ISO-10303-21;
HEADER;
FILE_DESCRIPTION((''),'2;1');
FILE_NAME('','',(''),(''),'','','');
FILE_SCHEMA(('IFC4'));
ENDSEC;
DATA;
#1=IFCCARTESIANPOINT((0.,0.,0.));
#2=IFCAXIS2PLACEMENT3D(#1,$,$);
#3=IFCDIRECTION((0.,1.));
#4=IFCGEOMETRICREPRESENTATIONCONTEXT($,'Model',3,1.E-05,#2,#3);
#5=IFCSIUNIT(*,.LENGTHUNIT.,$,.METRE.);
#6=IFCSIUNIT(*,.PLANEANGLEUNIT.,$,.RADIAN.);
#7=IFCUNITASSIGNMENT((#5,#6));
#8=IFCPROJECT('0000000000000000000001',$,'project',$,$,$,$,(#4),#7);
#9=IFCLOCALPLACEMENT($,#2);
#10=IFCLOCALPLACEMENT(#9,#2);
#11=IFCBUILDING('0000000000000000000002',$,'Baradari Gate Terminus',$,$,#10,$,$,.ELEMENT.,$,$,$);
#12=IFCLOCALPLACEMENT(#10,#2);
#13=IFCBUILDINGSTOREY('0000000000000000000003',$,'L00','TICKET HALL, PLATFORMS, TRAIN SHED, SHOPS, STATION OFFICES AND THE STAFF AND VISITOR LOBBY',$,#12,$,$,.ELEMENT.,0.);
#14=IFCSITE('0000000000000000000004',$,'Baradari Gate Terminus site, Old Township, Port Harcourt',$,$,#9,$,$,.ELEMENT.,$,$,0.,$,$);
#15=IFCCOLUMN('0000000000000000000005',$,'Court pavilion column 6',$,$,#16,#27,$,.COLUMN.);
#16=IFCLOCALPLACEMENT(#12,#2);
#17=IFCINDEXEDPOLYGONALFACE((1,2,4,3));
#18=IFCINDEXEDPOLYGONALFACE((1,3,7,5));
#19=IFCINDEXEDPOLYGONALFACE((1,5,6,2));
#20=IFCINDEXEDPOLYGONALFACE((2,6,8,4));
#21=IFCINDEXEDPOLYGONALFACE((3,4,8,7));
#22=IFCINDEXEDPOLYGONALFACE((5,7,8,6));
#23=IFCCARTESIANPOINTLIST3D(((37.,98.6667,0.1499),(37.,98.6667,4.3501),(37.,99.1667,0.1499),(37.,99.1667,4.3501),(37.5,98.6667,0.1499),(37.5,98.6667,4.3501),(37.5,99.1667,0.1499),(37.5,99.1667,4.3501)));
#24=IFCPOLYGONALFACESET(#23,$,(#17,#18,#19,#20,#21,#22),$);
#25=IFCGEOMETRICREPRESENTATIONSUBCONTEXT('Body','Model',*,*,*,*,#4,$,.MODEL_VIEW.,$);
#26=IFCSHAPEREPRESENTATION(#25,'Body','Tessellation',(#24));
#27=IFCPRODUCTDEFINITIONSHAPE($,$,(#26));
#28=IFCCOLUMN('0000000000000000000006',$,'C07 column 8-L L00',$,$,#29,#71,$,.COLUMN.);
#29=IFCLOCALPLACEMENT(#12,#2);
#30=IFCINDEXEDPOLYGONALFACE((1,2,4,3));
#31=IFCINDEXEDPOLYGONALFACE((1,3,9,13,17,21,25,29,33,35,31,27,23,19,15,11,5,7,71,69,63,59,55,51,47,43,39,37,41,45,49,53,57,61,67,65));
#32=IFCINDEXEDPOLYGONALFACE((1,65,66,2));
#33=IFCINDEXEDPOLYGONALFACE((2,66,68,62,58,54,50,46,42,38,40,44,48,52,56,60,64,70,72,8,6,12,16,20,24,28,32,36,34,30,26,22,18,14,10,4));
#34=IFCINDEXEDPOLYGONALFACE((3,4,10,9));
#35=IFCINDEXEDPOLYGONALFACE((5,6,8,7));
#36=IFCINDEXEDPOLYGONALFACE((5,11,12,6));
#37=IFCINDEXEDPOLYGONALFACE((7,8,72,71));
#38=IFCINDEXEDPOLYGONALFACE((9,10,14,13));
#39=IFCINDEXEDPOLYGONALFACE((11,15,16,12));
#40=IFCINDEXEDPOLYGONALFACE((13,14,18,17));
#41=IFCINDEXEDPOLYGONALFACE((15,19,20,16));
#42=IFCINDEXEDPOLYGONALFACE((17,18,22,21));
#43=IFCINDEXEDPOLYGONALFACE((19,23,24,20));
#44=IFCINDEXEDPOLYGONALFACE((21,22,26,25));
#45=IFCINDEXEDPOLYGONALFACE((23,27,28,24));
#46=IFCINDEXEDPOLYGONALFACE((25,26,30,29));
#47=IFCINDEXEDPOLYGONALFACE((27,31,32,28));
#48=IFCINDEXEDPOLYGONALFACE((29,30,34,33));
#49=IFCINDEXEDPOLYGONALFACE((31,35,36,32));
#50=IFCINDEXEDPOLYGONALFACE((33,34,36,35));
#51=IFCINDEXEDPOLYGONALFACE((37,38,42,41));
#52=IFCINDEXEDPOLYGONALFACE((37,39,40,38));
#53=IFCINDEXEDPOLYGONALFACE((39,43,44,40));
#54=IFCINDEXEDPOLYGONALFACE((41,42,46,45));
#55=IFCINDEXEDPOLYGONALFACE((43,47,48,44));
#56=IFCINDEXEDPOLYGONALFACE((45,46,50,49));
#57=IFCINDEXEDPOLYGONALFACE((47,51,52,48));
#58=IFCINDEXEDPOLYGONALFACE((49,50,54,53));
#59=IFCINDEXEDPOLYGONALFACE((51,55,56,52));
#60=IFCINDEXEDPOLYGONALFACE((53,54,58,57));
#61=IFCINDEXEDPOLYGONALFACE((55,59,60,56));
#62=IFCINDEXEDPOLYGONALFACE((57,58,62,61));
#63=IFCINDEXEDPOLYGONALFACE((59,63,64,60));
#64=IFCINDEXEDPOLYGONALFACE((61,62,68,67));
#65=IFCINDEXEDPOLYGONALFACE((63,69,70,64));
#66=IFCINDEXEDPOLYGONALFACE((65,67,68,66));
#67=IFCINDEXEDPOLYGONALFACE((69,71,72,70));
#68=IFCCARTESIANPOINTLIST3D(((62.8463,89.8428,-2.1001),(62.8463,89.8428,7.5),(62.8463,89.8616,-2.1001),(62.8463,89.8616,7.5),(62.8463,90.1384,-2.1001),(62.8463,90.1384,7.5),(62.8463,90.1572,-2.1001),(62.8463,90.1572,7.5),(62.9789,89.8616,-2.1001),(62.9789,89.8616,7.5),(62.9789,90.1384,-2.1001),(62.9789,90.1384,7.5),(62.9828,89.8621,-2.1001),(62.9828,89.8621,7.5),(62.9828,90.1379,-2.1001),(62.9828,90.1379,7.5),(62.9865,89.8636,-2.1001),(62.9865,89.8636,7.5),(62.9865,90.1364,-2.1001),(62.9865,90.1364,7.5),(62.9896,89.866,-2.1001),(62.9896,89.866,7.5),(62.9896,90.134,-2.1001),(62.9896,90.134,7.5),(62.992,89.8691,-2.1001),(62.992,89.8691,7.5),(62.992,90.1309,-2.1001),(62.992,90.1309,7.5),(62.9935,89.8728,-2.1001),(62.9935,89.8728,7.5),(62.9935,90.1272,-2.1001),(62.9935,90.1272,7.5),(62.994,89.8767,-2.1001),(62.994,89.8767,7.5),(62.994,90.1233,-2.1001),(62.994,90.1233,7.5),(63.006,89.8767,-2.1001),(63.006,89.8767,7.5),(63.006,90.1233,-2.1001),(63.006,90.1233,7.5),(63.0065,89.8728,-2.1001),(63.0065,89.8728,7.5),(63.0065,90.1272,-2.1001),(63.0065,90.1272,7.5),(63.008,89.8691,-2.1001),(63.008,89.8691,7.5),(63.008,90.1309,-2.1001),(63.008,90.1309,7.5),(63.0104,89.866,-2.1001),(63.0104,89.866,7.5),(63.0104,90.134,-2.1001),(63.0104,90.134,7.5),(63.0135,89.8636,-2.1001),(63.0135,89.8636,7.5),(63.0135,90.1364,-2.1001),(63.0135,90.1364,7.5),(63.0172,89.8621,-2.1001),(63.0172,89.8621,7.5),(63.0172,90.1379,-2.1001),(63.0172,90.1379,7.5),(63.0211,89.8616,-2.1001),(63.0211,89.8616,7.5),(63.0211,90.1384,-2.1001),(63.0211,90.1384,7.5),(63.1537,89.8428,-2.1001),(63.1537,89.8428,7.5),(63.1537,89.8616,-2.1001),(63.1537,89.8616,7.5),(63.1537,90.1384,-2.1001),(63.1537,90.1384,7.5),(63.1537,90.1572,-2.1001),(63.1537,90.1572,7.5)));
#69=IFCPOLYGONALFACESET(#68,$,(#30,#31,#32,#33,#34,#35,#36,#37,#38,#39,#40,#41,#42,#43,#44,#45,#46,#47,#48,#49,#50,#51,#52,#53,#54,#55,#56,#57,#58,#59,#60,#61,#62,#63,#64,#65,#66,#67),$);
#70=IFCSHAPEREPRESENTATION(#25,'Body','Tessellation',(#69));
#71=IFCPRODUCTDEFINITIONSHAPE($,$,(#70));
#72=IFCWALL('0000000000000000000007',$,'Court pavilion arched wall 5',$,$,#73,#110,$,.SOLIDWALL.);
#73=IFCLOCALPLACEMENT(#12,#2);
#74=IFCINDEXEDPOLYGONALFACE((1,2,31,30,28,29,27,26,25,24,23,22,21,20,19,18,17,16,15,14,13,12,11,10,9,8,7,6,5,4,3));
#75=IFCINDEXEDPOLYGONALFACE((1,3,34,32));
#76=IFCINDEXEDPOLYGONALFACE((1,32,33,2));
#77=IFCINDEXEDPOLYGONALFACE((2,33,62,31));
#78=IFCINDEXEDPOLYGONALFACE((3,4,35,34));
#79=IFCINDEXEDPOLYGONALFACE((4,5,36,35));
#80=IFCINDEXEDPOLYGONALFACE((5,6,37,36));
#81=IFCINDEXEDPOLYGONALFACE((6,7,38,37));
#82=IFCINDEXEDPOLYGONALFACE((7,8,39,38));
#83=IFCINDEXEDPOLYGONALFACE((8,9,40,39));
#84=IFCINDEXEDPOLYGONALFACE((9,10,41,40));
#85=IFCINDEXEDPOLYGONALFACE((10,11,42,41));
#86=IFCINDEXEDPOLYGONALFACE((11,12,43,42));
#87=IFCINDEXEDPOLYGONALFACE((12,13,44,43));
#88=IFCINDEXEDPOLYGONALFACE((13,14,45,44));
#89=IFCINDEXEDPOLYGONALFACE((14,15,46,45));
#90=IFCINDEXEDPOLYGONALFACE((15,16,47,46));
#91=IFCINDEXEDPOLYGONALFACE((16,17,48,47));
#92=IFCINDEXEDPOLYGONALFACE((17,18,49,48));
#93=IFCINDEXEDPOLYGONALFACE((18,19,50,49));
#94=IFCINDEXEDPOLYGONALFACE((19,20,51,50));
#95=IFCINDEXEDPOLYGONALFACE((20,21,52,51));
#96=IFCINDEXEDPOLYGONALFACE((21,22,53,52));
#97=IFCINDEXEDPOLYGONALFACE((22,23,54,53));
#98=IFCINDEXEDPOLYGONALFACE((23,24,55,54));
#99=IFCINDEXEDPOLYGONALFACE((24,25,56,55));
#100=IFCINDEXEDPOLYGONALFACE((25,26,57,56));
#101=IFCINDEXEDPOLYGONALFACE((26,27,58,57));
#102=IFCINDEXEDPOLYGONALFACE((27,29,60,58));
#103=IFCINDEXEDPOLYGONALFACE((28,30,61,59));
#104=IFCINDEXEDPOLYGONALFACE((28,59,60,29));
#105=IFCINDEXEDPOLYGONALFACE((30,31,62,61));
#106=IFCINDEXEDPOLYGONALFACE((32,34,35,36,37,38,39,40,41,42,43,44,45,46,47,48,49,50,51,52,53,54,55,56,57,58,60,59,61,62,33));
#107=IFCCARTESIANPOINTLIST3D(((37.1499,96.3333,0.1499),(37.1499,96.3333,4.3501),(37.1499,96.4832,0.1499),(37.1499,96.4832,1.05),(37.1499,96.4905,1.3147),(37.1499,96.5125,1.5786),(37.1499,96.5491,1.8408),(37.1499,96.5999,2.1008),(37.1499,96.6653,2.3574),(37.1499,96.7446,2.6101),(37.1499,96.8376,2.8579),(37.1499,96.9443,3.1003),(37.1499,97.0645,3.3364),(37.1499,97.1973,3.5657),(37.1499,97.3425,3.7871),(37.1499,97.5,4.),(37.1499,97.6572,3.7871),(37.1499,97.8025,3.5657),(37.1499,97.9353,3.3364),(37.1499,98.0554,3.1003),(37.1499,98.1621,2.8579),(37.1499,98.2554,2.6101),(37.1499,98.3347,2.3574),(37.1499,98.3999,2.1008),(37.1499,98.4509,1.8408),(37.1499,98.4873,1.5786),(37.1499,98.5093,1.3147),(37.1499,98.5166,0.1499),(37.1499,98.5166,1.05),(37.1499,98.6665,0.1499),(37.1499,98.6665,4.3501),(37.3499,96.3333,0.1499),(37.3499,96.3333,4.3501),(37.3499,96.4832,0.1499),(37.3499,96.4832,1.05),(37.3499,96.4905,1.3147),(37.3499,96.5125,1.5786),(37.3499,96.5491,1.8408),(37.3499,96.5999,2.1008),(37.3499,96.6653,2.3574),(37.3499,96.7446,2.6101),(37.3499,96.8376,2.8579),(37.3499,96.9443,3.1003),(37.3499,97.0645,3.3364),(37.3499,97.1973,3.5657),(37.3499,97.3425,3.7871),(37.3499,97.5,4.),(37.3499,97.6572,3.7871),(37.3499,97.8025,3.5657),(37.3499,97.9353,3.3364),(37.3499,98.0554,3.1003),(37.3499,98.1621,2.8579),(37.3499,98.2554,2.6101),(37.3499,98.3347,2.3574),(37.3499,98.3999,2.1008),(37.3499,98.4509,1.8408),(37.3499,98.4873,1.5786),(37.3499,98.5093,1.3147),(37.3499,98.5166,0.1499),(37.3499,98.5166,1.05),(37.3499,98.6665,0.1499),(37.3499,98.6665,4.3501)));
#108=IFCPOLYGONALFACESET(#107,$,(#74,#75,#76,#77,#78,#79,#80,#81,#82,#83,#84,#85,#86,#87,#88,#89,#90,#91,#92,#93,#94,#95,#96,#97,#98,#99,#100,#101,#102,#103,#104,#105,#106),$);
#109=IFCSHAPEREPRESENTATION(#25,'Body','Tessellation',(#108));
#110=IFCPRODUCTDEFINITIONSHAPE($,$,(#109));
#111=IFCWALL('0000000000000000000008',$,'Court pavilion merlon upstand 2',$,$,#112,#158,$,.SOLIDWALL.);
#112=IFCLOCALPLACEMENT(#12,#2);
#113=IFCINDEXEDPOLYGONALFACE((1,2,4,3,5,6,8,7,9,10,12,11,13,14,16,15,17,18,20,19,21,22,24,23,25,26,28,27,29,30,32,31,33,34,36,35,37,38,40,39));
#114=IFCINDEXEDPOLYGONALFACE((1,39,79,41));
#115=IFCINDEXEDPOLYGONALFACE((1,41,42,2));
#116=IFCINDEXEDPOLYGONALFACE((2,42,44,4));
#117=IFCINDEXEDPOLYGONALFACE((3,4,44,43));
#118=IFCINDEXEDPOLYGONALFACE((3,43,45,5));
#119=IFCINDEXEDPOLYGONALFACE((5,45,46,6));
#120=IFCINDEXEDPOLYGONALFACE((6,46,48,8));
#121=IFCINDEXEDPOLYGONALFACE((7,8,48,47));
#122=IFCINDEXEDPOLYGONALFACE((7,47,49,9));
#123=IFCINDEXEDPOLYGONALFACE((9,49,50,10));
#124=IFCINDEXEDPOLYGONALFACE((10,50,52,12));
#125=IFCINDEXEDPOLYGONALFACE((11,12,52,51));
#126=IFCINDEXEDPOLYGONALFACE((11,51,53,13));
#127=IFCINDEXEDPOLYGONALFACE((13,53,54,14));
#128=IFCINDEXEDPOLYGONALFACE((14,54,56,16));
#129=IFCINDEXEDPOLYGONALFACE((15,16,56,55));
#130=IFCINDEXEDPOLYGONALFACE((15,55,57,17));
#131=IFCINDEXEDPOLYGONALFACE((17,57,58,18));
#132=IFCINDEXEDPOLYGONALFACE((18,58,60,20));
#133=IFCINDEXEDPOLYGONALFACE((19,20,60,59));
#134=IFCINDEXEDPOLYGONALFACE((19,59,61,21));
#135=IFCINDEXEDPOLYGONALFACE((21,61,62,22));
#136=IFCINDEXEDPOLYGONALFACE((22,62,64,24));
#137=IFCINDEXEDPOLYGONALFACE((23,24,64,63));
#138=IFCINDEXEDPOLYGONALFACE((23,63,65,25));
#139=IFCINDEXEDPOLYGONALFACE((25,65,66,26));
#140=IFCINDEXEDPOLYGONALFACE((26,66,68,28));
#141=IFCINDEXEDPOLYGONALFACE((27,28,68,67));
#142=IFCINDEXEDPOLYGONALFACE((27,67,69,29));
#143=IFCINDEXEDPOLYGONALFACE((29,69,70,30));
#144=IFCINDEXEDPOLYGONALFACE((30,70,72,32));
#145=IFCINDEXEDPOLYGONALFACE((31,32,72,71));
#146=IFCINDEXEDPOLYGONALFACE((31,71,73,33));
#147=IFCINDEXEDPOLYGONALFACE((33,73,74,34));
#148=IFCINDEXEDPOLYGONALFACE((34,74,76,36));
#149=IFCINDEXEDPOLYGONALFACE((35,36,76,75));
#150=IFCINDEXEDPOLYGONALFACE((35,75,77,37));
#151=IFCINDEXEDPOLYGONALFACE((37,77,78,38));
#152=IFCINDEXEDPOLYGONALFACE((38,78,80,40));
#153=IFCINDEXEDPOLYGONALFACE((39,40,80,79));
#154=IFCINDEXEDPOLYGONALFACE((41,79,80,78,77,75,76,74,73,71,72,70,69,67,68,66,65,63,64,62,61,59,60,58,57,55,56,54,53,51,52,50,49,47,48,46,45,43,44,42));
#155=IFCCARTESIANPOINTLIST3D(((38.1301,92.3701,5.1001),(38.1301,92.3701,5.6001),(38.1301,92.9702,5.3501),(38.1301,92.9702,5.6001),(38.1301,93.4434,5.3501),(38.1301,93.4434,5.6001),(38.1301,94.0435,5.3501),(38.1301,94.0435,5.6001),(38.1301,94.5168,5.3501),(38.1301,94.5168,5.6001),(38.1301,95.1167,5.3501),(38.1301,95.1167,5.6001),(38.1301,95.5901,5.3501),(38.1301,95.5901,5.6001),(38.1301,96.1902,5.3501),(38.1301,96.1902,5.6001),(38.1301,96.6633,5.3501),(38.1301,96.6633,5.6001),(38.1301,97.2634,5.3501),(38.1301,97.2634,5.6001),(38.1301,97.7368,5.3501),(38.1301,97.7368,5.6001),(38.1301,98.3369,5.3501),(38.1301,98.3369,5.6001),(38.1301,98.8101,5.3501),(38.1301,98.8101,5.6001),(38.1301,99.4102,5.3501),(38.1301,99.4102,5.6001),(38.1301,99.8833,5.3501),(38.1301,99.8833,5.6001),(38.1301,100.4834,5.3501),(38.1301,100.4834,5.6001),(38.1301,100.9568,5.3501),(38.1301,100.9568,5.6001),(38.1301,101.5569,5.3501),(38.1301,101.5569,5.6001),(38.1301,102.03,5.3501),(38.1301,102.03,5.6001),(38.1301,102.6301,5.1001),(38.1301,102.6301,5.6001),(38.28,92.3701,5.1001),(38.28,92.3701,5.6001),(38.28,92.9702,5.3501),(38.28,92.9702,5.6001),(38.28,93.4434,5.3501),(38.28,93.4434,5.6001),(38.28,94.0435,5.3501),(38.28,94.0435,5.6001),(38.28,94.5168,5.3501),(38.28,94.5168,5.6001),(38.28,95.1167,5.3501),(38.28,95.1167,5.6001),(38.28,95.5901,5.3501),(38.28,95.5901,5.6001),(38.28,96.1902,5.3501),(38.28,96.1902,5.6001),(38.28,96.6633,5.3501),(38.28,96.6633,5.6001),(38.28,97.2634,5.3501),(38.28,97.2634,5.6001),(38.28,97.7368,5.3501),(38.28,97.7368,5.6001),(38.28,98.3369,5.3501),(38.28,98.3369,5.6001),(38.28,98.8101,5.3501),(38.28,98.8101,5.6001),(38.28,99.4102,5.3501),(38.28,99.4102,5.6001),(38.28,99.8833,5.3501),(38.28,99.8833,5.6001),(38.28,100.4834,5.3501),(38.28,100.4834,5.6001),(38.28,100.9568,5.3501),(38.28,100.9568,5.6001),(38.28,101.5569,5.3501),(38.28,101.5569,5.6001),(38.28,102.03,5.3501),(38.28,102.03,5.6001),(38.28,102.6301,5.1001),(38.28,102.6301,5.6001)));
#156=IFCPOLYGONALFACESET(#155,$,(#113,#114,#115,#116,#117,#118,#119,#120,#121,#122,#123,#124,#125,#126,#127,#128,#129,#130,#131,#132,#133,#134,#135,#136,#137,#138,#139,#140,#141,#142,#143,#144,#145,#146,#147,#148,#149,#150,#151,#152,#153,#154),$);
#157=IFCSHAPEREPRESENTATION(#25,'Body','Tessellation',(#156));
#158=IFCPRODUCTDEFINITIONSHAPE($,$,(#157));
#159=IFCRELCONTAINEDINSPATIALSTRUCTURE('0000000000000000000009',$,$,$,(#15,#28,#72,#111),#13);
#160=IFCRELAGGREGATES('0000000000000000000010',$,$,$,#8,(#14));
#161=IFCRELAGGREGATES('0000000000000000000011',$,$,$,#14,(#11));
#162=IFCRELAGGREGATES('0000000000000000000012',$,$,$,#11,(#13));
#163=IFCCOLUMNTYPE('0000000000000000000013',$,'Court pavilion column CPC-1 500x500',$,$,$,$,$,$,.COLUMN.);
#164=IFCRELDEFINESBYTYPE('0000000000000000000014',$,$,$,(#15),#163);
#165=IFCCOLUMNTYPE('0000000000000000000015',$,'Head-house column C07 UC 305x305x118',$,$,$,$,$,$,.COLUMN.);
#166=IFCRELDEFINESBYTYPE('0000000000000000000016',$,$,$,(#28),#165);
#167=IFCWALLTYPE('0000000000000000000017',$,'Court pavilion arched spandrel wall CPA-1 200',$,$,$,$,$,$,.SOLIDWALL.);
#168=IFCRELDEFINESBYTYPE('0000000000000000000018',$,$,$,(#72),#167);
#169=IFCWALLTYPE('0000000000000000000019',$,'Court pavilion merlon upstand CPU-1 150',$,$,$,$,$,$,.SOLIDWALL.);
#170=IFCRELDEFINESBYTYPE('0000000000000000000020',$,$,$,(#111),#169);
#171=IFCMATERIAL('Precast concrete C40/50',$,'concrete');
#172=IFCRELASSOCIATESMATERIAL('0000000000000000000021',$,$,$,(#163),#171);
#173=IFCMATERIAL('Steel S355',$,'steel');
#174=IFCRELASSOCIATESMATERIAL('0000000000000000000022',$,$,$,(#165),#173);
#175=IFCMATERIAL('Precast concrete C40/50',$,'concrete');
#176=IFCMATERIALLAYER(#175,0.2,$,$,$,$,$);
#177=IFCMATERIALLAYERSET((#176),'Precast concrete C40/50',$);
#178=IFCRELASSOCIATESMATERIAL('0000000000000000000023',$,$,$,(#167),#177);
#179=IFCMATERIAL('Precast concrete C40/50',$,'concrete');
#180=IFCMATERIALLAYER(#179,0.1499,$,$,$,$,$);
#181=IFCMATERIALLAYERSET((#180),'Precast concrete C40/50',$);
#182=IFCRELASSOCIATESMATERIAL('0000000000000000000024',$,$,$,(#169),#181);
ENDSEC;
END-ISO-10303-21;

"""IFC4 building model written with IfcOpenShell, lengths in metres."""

from ifc_helpers import new_model, si_unit, direction, frame, origin, origin_2d, place, context, subcontext, project, spatial, polyline, rectangle, i_section, outline, extrude, material, layer, layer_set, material_profile, profile_set, type_object, element, save


model = new_model("IFC4")

# Units and contexts
model_context = context("Model", 3, precision=1e-05, world=origin(), true_north=direction((0.0, 1.0)))
body_context = subcontext(model_context, "Body", "Model", "MODEL_VIEW")
ifc_project = project(units=[si_unit("LENGTHUNIT", "METRE"), si_unit("PLANEANGLEUNIT", "RADIAN")], contexts=[model_context])

# Site, building, storey
site_placement = place(None, origin())
site = spatial("IfcSite", under=ifc_project, at=site_placement, Name="Baradari Gate Terminus site, Old Township, Port Harcourt", CompositionType="ELEMENT", RefElevation=0.0)
building_placement = place(site_placement, origin())
building = spatial("IfcBuilding", under=site, at=building_placement, Name="Baradari Gate Terminus", CompositionType="ELEMENT")
storey_placement = place(building_placement, origin())
storey = spatial("IfcBuildingStorey", under=building, at=storey_placement, Name="L00", Description="TICKET HALL, PLATFORMS, TRAIN SHED, SHOPS, STATION OFFICES AND THE STAFF AND VISITOR LOBBY", CompositionType="ELEMENT", Elevation=0.0)

# Columns
ifc_material_1 = material(Name="Precast concrete C40/50", Category="concrete")
ifc_material_profile_1 = material_profile(ifc_material_1, rectangle(XDim=0.5, YDim=0.5, at=origin_2d()), Name="RC500X500")
ifc_profile_set_1 = profile_set([ifc_material_profile_1], Name="Precast concrete C40/50")
column_type_1 = type_object("IfcColumnType", Name="Court pavilion column CPC-1 500x500", PredefinedType="COLUMN", material=ifc_profile_set_1)
column_1_placement = place(storey_placement, frame((37.25, 98.9167, 0.1499), z_axis=(0.0, 0.0, 1.0), x_axis=(1.0, 0.0, 0.0)))
element("IfcColumn", 1, at=column_1_placement, inside=storey, type_object=column_type_1, Name="Court pavilion column 6", PredefinedType="COLUMN", context=body_context, shape_type="SweptSolid", body=[
    extrude(rectangle(XDim=0.5, YDim=0.5, at=origin_2d()), origin(), (0.0, 0.0, 1.0), 4.2002),
])
ifc_material_2 = material(Name="Steel S355", Category="steel")
ifc_material_profile_2 = material_profile(ifc_material_2, i_section(OverallWidth=0.3074, OverallDepth=0.3145, WebThickness=0.012, FlangeThickness=0.0188, FilletRadius=0.0151, at=origin_2d()), Name="UC 305x305x118")
ifc_profile_set_2 = profile_set([ifc_material_profile_2], Name="Steel S355")
column_type_2 = type_object("IfcColumnType", Name="Head-house column C07 UC 305x305x118", PredefinedType="COLUMN", material=ifc_profile_set_2)
column_2_placement = place(storey_placement, frame((63.0, 90.0, -2.1001), z_axis=(0.0, 0.0, 1.0), x_axis=(1.0, 0.0, 0.0)))
element("IfcColumn", 2, at=column_2_placement, inside=storey, type_object=column_type_2, Name="C07 column 8-L L00", PredefinedType="COLUMN", context=body_context, shape_type="SweptSolid", body=[
    extrude(i_section(OverallWidth=0.3074, OverallDepth=0.3145, WebThickness=0.012, FlangeThickness=0.0188, FilletRadius=0.0151, at=origin_2d()), origin(), (0.0, 0.0, 1.0), 9.6001),
])

# Walls
ifc_material_3 = material(Name="Precast concrete C40/50", Category="concrete")
ifc_layer_1 = layer(ifc_material_3, 0.2)
ifc_layer_set_1 = layer_set([ifc_layer_1], Name="Precast concrete C40/50")
wall_type_1 = type_object("IfcWallType", Name="Court pavilion arched spandrel wall CPA-1 200", PredefinedType="SOLIDWALL", material=ifc_layer_set_1)
wall_1_placement = place(storey_placement, frame((37.25, 96.3333, 0.1499), z_axis=(0.0, 0.0, 1.0), x_axis=(0.0, 1.0, 0.0)))
element("IfcWall", 3, at=wall_1_placement, inside=storey, type_object=wall_type_1, Name="Court pavilion arched wall 5", PredefinedType="SOLIDWALL", context=body_context, shape_type="SweptSolid", body=[
    extrude(outline(polyline([(0.1499, 0.0), (0.1499, 0.9001), (0.1572, 1.1648), (0.1792, 1.4287), (0.2158, 1.6909), (0.2666, 1.9509), (0.332, 2.2075), (0.4114, 2.4602), (0.5044, 2.708), (0.6111, 2.9504), (0.7312, 3.1865), (0.864, 3.4158), (1.0093, 3.6372), (1.1667, 3.8501), (1.324, 3.6372), (1.4692, 3.4158), (1.6021, 3.1865), (1.7222, 2.9504), (1.8289, 2.708), (1.9221, 2.4602), (2.0015, 2.2075), (2.0667, 1.9509), (2.1177, 1.6909), (2.1541, 1.4287), (2.176, 1.1648), (2.1833, 0.9001), (2.1833, 0.0), (2.3333, 0.0), (2.3333, 4.2002), (0.0, 4.2002), (0.0, 0.0), (0.1499, 0.0)])), frame((0.0, 0.1001, 0.0), z_axis=(0.0, -1.0, 0.0), x_axis=(1.0, 0.0, 0.0)), (0.0, 0.0, 1.0), 0.2),
])
ifc_material_4 = material(Name="Precast concrete C40/50", Category="concrete")
ifc_layer_2 = layer(ifc_material_4, 0.1499)
ifc_layer_set_2 = layer_set([ifc_layer_2], Name="Precast concrete C40/50")
wall_type_2 = type_object("IfcWallType", Name="Court pavilion merlon upstand CPU-1 150", PredefinedType="SOLIDWALL", material=ifc_layer_set_2)
wall_2_placement = place(storey_placement, frame((38.2051, 92.3701, 5.1001), z_axis=(0.0, 0.0, 1.0), x_axis=(0.0, 1.0, 0.0)))
element("IfcWall", 4, at=wall_2_placement, inside=storey, type_object=wall_type_2, Name="Court pavilion merlon upstand 2", PredefinedType="SOLIDWALL", context=body_context, shape_type="SweptSolid", body=[
    extrude(outline(polyline([(0.0, 0.0), (10.26, 0.0), (10.26, 0.5), (9.6599, 0.5), (9.6599, 0.25), (9.1868, 0.25), (9.1868, 0.5), (8.5867, 0.5), (8.5867, 0.25), (8.1133, 0.25), (8.1133, 0.5), (7.5132, 0.5), (7.5132, 0.25), (7.04, 0.25), (7.04, 0.5), (6.4399, 0.5), (6.4399, 0.25), (5.9668, 0.25), (5.9668, 0.5), (5.3667, 0.5), (5.3667, 0.25), (4.8933, 0.25), (4.8933, 0.5), (4.2932, 0.5), (4.2932, 0.25), (3.8201, 0.25), (3.8201, 0.5), (3.22, 0.5), (3.22, 0.25), (2.7466, 0.25), (2.7466, 0.5), (2.1467, 0.5), (2.1467, 0.25), (1.6733, 0.25), (1.6733, 0.5), (1.0732, 0.5), (1.0732, 0.25), (0.6001, 0.25), (0.6001, 0.5), (0.0, 0.5), (0.0, 0.0)])), frame((0.0, 0.075, 0.0), z_axis=(0.0, -1.0, 0.0), x_axis=(1.0, 0.0, 0.0)), (0.0, 0.0, 1.0), 0.1499),
])

save(model, "model.ifc")
